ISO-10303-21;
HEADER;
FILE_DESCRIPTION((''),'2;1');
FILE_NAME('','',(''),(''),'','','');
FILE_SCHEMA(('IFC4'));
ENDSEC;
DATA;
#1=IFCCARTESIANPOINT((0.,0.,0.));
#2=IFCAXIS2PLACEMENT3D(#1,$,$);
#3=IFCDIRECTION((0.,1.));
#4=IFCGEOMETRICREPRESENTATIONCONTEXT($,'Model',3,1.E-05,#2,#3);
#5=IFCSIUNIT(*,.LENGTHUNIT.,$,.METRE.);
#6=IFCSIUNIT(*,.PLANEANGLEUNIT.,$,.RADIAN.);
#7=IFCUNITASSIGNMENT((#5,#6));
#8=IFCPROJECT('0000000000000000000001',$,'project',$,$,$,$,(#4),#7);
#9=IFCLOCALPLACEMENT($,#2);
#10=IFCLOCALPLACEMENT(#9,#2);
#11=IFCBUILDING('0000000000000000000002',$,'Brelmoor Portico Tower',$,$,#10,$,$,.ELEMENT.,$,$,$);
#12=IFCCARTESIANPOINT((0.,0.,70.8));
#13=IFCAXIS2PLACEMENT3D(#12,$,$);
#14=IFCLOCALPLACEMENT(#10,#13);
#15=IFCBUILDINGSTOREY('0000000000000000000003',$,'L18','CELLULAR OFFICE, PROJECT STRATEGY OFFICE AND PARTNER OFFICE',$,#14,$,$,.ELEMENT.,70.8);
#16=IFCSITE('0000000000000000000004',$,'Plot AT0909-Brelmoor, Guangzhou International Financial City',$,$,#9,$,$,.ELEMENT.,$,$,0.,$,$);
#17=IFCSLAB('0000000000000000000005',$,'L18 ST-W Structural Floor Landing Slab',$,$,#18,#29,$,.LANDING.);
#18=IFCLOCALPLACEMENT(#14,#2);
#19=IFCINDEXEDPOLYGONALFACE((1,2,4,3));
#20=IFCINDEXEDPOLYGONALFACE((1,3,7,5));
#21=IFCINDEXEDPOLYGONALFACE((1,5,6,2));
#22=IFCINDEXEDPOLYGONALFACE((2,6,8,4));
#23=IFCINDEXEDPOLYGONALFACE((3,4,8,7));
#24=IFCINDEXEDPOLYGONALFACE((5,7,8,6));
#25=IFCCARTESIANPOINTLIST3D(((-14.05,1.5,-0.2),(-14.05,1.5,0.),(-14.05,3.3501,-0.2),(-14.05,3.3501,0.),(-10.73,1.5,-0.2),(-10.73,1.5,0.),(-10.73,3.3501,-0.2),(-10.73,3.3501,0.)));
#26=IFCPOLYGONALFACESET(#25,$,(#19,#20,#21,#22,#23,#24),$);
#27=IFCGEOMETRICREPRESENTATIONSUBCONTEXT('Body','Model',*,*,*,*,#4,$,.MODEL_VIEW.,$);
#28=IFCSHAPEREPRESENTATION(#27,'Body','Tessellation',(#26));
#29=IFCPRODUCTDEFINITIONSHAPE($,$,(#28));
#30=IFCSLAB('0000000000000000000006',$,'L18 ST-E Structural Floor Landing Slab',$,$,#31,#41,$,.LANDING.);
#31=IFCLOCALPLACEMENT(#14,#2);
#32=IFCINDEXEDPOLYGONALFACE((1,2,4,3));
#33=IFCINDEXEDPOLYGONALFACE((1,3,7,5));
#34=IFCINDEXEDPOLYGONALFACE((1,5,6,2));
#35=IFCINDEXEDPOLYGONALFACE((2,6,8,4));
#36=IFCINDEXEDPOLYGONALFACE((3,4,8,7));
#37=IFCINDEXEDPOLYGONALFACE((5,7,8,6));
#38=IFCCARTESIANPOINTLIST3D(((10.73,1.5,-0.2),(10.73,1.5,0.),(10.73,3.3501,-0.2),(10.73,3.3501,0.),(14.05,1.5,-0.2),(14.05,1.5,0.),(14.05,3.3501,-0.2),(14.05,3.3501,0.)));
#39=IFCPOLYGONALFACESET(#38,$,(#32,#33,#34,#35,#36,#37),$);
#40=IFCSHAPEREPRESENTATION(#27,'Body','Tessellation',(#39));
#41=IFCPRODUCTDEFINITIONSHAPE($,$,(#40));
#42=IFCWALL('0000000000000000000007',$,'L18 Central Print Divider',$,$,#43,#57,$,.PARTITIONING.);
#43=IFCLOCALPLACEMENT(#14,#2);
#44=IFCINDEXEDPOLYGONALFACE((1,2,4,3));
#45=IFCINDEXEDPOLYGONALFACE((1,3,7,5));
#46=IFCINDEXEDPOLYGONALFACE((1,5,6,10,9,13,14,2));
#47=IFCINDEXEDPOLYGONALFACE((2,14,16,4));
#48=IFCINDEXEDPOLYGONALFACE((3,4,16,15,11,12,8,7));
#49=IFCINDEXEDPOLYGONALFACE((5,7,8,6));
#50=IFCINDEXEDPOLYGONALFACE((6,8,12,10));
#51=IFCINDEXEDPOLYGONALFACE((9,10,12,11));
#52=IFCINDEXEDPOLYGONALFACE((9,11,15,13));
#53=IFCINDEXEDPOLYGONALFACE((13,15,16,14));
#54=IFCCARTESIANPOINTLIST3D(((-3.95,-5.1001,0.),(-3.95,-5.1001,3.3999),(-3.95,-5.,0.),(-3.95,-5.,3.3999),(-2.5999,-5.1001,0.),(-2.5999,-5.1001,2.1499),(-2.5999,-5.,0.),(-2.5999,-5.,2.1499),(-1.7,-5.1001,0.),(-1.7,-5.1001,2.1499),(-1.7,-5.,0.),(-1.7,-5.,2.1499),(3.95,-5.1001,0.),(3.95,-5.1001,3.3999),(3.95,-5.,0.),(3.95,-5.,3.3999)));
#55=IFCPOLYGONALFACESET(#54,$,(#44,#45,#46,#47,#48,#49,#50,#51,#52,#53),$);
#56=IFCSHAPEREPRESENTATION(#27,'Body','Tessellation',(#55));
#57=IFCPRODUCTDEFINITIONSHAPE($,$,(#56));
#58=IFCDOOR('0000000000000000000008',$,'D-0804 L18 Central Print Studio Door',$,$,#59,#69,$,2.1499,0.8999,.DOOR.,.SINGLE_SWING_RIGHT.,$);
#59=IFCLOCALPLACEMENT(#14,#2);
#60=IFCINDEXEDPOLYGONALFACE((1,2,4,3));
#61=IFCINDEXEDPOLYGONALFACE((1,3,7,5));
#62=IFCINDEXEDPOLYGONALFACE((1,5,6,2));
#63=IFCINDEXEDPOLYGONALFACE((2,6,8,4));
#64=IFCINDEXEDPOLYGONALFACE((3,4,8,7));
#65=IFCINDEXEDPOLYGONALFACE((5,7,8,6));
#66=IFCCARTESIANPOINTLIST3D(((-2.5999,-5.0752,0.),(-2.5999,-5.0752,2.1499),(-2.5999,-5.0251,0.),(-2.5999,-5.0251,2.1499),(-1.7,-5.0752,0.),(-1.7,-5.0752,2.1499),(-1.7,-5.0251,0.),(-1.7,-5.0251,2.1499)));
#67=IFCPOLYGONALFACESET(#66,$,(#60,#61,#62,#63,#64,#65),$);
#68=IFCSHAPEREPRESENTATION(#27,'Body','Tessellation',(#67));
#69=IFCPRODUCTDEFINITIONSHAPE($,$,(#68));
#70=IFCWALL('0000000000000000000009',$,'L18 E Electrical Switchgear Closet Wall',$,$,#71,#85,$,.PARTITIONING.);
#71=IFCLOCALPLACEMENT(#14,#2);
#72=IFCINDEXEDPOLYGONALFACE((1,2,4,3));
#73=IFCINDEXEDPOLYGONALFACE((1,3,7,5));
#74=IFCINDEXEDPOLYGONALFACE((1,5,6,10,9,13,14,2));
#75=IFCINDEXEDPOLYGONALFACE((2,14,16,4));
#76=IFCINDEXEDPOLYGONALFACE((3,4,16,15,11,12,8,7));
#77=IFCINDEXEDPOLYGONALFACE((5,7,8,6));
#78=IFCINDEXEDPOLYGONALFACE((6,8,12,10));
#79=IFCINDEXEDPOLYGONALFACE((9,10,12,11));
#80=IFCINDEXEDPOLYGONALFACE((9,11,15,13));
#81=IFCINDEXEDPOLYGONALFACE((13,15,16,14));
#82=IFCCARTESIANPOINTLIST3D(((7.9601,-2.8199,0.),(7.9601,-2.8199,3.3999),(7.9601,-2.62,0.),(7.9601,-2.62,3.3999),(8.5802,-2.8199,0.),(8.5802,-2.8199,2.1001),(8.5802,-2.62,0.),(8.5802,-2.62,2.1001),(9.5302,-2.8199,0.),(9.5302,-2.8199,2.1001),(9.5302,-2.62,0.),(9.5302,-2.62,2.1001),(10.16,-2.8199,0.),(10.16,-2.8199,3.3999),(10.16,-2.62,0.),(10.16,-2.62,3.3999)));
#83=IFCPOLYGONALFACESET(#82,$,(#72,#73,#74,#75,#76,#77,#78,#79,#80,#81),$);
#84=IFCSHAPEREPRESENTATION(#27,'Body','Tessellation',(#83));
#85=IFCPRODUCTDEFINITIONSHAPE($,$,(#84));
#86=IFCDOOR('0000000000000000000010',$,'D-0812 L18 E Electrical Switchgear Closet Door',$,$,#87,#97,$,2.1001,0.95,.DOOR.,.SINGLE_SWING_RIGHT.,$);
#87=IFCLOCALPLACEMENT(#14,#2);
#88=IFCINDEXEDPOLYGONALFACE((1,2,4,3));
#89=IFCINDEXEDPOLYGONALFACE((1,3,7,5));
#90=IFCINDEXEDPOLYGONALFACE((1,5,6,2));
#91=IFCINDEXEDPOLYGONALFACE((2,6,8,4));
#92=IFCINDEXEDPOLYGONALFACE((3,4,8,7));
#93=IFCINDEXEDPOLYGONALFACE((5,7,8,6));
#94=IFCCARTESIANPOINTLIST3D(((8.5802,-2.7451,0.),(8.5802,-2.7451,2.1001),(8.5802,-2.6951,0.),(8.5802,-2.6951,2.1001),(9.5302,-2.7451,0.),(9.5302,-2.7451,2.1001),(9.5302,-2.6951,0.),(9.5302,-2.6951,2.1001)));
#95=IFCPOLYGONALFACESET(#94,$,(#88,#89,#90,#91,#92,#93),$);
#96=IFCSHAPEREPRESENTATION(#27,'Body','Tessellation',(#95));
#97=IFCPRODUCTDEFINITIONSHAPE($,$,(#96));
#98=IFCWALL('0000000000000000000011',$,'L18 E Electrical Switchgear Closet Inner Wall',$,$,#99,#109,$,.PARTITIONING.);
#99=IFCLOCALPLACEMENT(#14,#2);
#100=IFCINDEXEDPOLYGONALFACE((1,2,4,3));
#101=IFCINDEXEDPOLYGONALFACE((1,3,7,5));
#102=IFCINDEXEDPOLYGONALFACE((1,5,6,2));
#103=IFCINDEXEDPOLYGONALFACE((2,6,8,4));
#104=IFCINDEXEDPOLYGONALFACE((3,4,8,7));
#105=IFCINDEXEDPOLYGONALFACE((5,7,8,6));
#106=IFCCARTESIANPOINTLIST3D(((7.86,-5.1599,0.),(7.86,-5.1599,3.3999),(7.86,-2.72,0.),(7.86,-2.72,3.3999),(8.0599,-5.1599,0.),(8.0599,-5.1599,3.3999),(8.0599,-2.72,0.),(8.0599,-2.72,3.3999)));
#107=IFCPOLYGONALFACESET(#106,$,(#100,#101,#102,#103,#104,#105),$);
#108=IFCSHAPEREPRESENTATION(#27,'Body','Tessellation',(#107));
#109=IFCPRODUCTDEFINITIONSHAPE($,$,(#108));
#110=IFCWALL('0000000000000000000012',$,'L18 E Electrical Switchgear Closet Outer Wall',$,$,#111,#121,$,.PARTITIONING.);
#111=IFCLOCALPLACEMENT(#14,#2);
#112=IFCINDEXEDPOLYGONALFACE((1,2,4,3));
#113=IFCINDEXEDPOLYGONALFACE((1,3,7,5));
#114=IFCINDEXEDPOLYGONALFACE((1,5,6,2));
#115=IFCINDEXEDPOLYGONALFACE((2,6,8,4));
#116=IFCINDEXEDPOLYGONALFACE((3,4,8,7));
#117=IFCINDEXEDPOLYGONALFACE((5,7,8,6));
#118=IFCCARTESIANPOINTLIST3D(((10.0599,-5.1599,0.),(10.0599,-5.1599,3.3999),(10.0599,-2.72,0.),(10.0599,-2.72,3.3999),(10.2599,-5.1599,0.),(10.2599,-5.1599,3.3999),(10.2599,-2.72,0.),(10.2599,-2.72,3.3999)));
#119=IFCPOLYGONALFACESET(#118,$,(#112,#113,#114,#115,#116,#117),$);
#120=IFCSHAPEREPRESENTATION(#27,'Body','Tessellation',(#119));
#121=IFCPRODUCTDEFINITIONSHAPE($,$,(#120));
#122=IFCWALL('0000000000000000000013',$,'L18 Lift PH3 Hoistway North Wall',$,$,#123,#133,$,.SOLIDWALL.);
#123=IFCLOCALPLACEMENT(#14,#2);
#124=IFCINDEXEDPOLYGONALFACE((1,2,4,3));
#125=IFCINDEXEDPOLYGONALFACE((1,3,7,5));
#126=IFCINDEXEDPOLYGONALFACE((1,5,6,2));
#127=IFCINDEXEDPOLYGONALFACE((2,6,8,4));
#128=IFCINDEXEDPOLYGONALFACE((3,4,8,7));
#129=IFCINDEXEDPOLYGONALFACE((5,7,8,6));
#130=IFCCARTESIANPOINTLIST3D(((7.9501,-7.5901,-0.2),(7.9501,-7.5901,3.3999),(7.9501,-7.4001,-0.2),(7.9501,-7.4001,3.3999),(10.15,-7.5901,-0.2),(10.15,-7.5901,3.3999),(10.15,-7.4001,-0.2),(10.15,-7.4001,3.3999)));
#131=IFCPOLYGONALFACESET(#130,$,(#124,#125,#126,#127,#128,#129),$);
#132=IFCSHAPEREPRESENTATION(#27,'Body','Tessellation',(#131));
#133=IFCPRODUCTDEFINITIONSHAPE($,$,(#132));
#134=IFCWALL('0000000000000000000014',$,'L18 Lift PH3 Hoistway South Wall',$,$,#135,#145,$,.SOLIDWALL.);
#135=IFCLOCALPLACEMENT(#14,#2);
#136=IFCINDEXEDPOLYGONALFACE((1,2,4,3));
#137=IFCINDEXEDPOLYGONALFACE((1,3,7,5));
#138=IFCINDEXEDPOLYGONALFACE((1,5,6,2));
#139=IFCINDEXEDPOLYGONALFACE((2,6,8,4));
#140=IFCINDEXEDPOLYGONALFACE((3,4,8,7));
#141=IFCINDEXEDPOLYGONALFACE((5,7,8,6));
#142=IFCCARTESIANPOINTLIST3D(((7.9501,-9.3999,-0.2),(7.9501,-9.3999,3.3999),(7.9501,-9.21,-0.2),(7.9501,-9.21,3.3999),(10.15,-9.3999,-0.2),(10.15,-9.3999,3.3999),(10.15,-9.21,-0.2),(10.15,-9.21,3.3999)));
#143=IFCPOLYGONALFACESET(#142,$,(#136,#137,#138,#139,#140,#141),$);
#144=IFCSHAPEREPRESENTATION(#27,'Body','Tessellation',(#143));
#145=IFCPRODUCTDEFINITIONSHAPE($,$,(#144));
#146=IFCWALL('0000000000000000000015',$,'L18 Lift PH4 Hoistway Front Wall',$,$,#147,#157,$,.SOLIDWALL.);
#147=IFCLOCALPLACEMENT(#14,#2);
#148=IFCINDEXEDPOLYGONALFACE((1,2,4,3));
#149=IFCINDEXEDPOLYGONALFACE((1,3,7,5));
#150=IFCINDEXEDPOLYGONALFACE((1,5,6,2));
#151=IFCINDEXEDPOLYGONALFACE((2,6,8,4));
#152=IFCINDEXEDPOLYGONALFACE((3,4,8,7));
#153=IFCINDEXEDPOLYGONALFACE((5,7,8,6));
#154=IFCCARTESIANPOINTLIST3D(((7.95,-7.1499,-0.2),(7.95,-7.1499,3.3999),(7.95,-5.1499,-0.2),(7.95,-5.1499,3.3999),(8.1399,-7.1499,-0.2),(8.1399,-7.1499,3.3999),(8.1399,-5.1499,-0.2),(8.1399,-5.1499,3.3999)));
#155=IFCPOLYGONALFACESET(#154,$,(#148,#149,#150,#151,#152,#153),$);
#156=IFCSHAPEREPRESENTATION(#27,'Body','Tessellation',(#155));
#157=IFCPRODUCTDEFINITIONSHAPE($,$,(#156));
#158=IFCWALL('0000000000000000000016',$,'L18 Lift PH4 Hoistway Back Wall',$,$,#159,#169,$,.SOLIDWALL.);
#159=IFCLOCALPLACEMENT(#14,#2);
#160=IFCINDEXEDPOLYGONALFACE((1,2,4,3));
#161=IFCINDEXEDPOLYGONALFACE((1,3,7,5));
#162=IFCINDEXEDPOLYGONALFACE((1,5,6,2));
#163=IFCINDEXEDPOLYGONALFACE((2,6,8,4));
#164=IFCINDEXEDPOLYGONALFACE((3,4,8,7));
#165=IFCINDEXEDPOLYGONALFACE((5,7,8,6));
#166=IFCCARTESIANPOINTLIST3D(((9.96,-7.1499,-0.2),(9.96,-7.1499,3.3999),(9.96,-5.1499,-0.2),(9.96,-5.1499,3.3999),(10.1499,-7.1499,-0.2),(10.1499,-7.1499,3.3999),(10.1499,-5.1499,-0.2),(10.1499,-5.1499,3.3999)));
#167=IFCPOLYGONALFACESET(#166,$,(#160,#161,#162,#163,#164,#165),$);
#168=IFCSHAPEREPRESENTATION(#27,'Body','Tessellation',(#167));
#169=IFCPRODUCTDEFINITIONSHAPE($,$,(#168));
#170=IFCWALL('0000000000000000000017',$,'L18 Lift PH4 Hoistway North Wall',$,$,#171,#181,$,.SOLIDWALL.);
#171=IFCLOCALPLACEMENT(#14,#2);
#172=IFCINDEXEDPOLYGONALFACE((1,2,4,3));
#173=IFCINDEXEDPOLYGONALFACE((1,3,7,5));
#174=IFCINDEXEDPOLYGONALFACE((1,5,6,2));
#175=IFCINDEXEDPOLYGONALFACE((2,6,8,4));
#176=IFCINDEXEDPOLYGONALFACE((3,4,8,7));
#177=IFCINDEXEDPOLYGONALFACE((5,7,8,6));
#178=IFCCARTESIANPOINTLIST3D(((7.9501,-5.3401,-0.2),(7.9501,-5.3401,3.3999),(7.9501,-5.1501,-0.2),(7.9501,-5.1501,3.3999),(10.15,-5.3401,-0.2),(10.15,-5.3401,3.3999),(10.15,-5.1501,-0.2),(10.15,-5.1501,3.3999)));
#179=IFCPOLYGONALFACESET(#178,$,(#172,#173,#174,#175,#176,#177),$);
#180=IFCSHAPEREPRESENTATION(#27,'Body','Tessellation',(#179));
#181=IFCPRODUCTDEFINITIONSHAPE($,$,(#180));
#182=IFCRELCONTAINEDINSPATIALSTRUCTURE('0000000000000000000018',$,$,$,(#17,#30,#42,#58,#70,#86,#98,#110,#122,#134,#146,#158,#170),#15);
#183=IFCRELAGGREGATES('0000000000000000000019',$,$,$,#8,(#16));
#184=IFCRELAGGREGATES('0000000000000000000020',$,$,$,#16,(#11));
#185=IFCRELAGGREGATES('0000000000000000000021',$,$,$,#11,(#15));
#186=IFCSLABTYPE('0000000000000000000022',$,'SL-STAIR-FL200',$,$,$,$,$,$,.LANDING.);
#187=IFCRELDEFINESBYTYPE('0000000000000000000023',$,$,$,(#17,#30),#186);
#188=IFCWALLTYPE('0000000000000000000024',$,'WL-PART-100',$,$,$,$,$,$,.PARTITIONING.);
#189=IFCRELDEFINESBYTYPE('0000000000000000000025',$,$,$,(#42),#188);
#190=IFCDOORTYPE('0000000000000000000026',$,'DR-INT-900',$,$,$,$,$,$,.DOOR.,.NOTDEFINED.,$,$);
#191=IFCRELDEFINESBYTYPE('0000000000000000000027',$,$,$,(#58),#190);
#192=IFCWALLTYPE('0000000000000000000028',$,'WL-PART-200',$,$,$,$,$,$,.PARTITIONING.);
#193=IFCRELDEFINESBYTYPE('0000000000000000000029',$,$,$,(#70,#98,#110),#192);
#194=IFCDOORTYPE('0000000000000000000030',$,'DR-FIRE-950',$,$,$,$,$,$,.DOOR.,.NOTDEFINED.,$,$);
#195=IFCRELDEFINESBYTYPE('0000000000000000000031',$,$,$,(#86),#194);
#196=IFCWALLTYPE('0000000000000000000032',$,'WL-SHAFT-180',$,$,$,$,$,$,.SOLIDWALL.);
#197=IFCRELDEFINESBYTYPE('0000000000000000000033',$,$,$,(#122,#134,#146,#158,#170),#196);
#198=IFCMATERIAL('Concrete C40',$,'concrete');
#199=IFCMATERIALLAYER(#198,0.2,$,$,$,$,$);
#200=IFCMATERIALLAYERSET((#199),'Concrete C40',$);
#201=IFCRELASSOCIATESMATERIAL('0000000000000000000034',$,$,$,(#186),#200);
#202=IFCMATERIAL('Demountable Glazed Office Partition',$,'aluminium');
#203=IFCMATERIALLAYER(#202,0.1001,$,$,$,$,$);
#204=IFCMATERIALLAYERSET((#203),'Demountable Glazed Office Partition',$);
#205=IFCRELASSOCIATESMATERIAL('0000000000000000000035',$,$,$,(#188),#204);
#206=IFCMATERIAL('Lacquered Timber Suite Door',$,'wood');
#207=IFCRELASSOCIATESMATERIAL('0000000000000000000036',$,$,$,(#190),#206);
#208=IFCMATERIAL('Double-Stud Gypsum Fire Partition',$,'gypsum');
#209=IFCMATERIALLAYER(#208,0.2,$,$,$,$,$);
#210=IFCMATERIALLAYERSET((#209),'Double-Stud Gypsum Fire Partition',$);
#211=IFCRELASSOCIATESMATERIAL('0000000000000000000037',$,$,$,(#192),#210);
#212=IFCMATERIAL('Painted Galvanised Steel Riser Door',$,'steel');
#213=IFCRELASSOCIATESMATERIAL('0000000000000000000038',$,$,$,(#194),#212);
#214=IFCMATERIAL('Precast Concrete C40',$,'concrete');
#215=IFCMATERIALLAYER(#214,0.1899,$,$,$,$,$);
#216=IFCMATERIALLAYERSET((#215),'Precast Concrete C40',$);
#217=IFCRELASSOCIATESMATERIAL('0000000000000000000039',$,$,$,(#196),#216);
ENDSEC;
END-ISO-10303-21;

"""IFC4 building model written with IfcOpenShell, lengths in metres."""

from ifc_helpers import new_model, si_unit, direction, frame, frame_2d, origin, place, context, subcontext, project, spatial, polyline, rectangle, outline, extrude, material, layer, layer_set, type_object, element, fill, save


model = new_model("IFC4")

# Units and contexts
model_context = context("Model", 3, precision=1e-05, world=origin(), true_north=direction((0.0, 1.0)))
body_context = subcontext(model_context, "Body", "Model", "MODEL_VIEW")
ifc_project = project(units=[si_unit("LENGTHUNIT", "METRE"), si_unit("PLANEANGLEUNIT", "RADIAN")], contexts=[model_context])

# Site, building, storey
site_placement = place(None, origin())
site = spatial("IfcSite", under=ifc_project, at=site_placement, Name="Plot AT0909-Brelmoor, Guangzhou International Financial City", CompositionType="ELEMENT", RefElevation=0.0)
building_placement = place(site_placement, origin())
building = spatial("IfcBuilding", under=site, at=building_placement, Name="Brelmoor Portico Tower", CompositionType="ELEMENT")
storey_placement = place(building_placement, frame((0.0, 0.0, 70.8)))
storey = spatial("IfcBuildingStorey", under=building, at=storey_placement, Name="L18", Description="CELLULAR OFFICE, PROJECT STRATEGY OFFICE AND PARTNER OFFICE", CompositionType="ELEMENT", Elevation=70.8)

# Shared definitions
ifc_material_1 = material(Name="Concrete C40", Category="concrete")

# Slabs
ifc_layer_1 = layer(ifc_material_1, 0.2)
ifc_layer_set_1 = layer_set([ifc_layer_1], Name="Concrete C40")
slab_type_1 = type_object("IfcSlabType", Name="SL-STAIR-FL200", PredefinedType="LANDING", material=ifc_layer_set_1)
slab_1_placement = place(storey_placement, frame((0.0, 0.0, -0.2)))
element("IfcSlab", 1, at=slab_1_placement, inside=storey, type_object=slab_type_1, Name="L18 ST-W Structural Floor Landing Slab", PredefinedType="LANDING", context=body_context, shape_type="SweptSolid", body=[
    extrude(outline(polyline([(-10.73, 1.5), (-10.73, 3.3501), (-14.05, 3.3501), (-14.05, 1.5), (-10.73, 1.5)])), origin(), (0.0, 0.0, 1.0), 0.2),
])
slab_2_placement = place(storey_placement, frame((0.0, 0.0, -0.2)))
element("IfcSlab", 2, at=slab_2_placement, inside=storey, type_object=slab_type_1, Name="L18 ST-E Structural Floor Landing Slab", PredefinedType="LANDING", context=body_context, shape_type="SweptSolid", body=[
    extrude(outline(polyline([(14.05, 1.5), (14.05, 3.3501), (10.73, 3.3501), (10.73, 1.5), (14.05, 1.5)])), origin(), (0.0, 0.0, 1.0), 0.2),
])

# Walls, openings, doors
ifc_material_2 = material(Name="Demountable Glazed Office Partition", Category="aluminium")
ifc_layer_2 = layer(ifc_material_2, 0.1001)
ifc_layer_set_2 = layer_set([ifc_layer_2], Name="Demountable Glazed Office Partition")
wall_type_1 = type_object("IfcWallType", Name="WL-PART-100", PredefinedType="PARTITIONING", material=ifc_layer_set_2)
wall_1_placement = place(storey_placement, frame((-3.95, -5.05, 0.0), z_axis=(0.0, 0.0, 1.0), x_axis=(1.0, 0.0, 0.0)))
wall_1 = element("IfcWall", 3, at=wall_1_placement, inside=storey, type_object=wall_type_1, Name="L18 Central Print Divider", PredefinedType="PARTITIONING", context=body_context, shape_type="SweptSolid", body=[
    extrude(rectangle(XDim=7.8999, YDim=0.1001, at=frame_2d((3.95, 0.0))), origin(), (0.0, 0.0, 1.0), 3.3999),
])
opening_1_placement = place(wall_1_placement, frame((1.3501, 0.0, 0.0)))
opening_1 = element("IfcOpeningElement", 4, at=opening_1_placement, cuts=wall_1, PredefinedType="OPENING", context=body_context, shape_type="SweptSolid", body=[
    extrude(rectangle(XDim=0.8999, YDim=2.1499, at=frame_2d((0.45, 1.075))), frame((0.0, 0.0601, 0.0), z_axis=(0.0, -1.0, 0.0), x_axis=(1.0, 0.0, 0.0)), (0.0, 0.0, 1.0), 0.1201),
])
ifc_material_3 = material(Name="Lacquered Timber Suite Door", Category="wood")
door_type_1 = type_object("IfcDoorType", Name="DR-INT-900", OperationType="NOTDEFINED", PredefinedType="DOOR", material=ifc_material_3)
door_1_placement = place(opening_1_placement, origin())
door_1 = element("IfcDoor", 5, at=door_1_placement, inside=storey, type_object=door_type_1, Name="D-0804 L18 Central Print Studio Door", OperationType="SINGLE_SWING_RIGHT", OverallHeight=2.1499, OverallWidth=0.8999, PredefinedType="DOOR", context=body_context, shape_type="SweptSolid", body=[
    extrude(rectangle(XDim=0.8999, YDim=2.1499, at=frame_2d((0.45, 1.075))), frame((0.0, 0.0249, 0.0), z_axis=(0.0, -1.0, 0.0), x_axis=(1.0, 0.0, 0.0)), (0.0, 0.0, 1.0), 0.05),
])
fill(opening_1, door_1)
ifc_material_4 = material(Name="Double-Stud Gypsum Fire Partition", Category="gypsum")
ifc_layer_3 = layer(ifc_material_4, 0.2)
ifc_layer_set_3 = layer_set([ifc_layer_3], Name="Double-Stud Gypsum Fire Partition")
wall_type_2 = type_object("IfcWallType", Name="WL-PART-200", PredefinedType="PARTITIONING", material=ifc_layer_set_3)
wall_2_placement = place(storey_placement, frame((7.96, -2.72, 0.0), z_axis=(0.0, 0.0, 1.0), x_axis=(1.0, 0.0, 0.0)))
wall_2 = element("IfcWall", 6, at=wall_2_placement, inside=storey, type_object=wall_type_2, Name="L18 E Electrical Switchgear Closet Wall", PredefinedType="PARTITIONING", context=body_context, shape_type="SweptSolid", body=[
    extrude(rectangle(XDim=2.2, YDim=0.2, at=frame_2d((1.1001, 0.0))), origin(), (0.0, 0.0, 1.0), 3.3999),
])
opening_2_placement = place(wall_2_placement, frame((0.6201, 0.0, 0.0)))
opening_2 = element("IfcOpeningElement", 7, at=opening_2_placement, cuts=wall_2, PredefinedType="OPENING", context=body_context, shape_type="SweptSolid", body=[
    extrude(rectangle(XDim=0.95, YDim=2.1001, at=frame_2d((0.4751, 1.05))), frame((0.0, 0.1099, 0.0), z_axis=(0.0, -1.0, 0.0), x_axis=(1.0, 0.0, 0.0)), (0.0, 0.0, 1.0), 0.22),
])
ifc_material_5 = material(Name="Painted Galvanised Steel Riser Door", Category="steel")
door_type_2 = type_object("IfcDoorType", Name="DR-FIRE-950", OperationType="NOTDEFINED", PredefinedType="DOOR", material=ifc_material_5)
door_2_placement = place(opening_2_placement, origin())
door_2 = element("IfcDoor", 8, at=door_2_placement, inside=storey, type_object=door_type_2, Name="D-0812 L18 E Electrical Switchgear Closet Door", OperationType="SINGLE_SWING_RIGHT", OverallHeight=2.1001, OverallWidth=0.95, PredefinedType="DOOR", context=body_context, shape_type="SweptSolid", body=[
    extrude(rectangle(XDim=0.95, YDim=2.1001, at=frame_2d((0.4751, 1.05))), frame((0.0, 0.0249, 0.0), z_axis=(0.0, -1.0, 0.0), x_axis=(1.0, 0.0, 0.0)), (0.0, 0.0, 1.0), 0.05),
])
fill(opening_2, door_2)

# Walls
for number, where, z_axis, x_axis, name in (
    (9, (7.96, -5.1599, 0.0), (0.0, 0.0, 1.0), (0.0, 1.0, 0.0), "L18 E Electrical Switchgear Closet Inner Wall"),
    (10, (10.1599, -5.1599, 0.0), (0.0, 0.0, 1.0), (0.0, 1.0, 0.0), "L18 E Electrical Switchgear Closet Outer Wall"),
):
    element("IfcWall", number, at=place(storey_placement, frame(where, z_axis=z_axis, x_axis=x_axis)), inside=storey, type_object=wall_type_2, Name=name, PredefinedType="PARTITIONING", context=body_context, shape_type="SweptSolid", body=[
        extrude(rectangle(XDim=2.4399, YDim=0.2, at=frame_2d((1.22, 0.0))), origin(), (0.0, 0.0, 1.0), 3.3999),
    ])
ifc_material_6 = material(Name="Precast Concrete C40", Category="concrete")
ifc_layer_4 = layer(ifc_material_6, 0.1899)
ifc_layer_set_4 = layer_set([ifc_layer_4], Name="Precast Concrete C40")
wall_type_3 = type_object("IfcWallType", Name="WL-SHAFT-180", PredefinedType="SOLIDWALL", material=ifc_layer_set_4)
for number, where, z_axis, x_axis, name in (
    (11, (7.95, -7.4951, -0.2), (0.0, 0.0, 1.0), (1.0, 0.0, 0.0), "L18 Lift PH3 Hoistway North Wall"),
    (12, (7.95, -9.3049, -0.2), (0.0, 0.0, 1.0), (1.0, 0.0, 0.0), "L18 Lift PH3 Hoistway South Wall"),
):
    element("IfcWall", number, at=place(storey_placement, frame(where, z_axis=z_axis, x_axis=x_axis)), inside=storey, type_object=wall_type_3, Name=name, PredefinedType="SOLIDWALL", context=body_context, shape_type="SweptSolid", body=[
        extrude(rectangle(XDim=2.2, YDim=0.1899, at=frame_2d((1.1001, 0.0))), origin(), (0.0, 0.0, 1.0), 3.5999),
    ])
for number, where, z_axis, x_axis, name in (
    (13, (8.0449, -7.1499, -0.2), (0.0, 0.0, 1.0), (0.0, 1.0, 0.0), "L18 Lift PH4 Hoistway Front Wall"),
    (14, (10.0549, -7.1499, -0.2), (0.0, 0.0, 1.0), (0.0, 1.0, 0.0), "L18 Lift PH4 Hoistway Back Wall"),
):
    element("IfcWall", number, at=place(storey_placement, frame(where, z_axis=z_axis, x_axis=x_axis)), inside=storey, type_object=wall_type_3, Name=name, PredefinedType="SOLIDWALL", context=body_context, shape_type="SweptSolid", body=[
        extrude(rectangle(XDim=2.0, YDim=0.1899, at=frame_2d((1.0, 0.0))), origin(), (0.0, 0.0, 1.0), 3.5999),
    ])
for number, where, z_axis, x_axis, name in (
    (15, (7.95, -5.2451, -0.2), (0.0, 0.0, 1.0), (1.0, 0.0, 0.0), "L18 Lift PH4 Hoistway North Wall"),
):
    element("IfcWall", number, at=place(storey_placement, frame(where, z_axis=z_axis, x_axis=x_axis)), inside=storey, type_object=wall_type_3, Name=name, PredefinedType="SOLIDWALL", context=body_context, shape_type="SweptSolid", body=[
        extrude(rectangle(XDim=2.2, YDim=0.1899, at=frame_2d((1.1001, 0.0))), origin(), (0.0, 0.0, 1.0), 3.5999),
    ])

save(model, "model.ifc")
